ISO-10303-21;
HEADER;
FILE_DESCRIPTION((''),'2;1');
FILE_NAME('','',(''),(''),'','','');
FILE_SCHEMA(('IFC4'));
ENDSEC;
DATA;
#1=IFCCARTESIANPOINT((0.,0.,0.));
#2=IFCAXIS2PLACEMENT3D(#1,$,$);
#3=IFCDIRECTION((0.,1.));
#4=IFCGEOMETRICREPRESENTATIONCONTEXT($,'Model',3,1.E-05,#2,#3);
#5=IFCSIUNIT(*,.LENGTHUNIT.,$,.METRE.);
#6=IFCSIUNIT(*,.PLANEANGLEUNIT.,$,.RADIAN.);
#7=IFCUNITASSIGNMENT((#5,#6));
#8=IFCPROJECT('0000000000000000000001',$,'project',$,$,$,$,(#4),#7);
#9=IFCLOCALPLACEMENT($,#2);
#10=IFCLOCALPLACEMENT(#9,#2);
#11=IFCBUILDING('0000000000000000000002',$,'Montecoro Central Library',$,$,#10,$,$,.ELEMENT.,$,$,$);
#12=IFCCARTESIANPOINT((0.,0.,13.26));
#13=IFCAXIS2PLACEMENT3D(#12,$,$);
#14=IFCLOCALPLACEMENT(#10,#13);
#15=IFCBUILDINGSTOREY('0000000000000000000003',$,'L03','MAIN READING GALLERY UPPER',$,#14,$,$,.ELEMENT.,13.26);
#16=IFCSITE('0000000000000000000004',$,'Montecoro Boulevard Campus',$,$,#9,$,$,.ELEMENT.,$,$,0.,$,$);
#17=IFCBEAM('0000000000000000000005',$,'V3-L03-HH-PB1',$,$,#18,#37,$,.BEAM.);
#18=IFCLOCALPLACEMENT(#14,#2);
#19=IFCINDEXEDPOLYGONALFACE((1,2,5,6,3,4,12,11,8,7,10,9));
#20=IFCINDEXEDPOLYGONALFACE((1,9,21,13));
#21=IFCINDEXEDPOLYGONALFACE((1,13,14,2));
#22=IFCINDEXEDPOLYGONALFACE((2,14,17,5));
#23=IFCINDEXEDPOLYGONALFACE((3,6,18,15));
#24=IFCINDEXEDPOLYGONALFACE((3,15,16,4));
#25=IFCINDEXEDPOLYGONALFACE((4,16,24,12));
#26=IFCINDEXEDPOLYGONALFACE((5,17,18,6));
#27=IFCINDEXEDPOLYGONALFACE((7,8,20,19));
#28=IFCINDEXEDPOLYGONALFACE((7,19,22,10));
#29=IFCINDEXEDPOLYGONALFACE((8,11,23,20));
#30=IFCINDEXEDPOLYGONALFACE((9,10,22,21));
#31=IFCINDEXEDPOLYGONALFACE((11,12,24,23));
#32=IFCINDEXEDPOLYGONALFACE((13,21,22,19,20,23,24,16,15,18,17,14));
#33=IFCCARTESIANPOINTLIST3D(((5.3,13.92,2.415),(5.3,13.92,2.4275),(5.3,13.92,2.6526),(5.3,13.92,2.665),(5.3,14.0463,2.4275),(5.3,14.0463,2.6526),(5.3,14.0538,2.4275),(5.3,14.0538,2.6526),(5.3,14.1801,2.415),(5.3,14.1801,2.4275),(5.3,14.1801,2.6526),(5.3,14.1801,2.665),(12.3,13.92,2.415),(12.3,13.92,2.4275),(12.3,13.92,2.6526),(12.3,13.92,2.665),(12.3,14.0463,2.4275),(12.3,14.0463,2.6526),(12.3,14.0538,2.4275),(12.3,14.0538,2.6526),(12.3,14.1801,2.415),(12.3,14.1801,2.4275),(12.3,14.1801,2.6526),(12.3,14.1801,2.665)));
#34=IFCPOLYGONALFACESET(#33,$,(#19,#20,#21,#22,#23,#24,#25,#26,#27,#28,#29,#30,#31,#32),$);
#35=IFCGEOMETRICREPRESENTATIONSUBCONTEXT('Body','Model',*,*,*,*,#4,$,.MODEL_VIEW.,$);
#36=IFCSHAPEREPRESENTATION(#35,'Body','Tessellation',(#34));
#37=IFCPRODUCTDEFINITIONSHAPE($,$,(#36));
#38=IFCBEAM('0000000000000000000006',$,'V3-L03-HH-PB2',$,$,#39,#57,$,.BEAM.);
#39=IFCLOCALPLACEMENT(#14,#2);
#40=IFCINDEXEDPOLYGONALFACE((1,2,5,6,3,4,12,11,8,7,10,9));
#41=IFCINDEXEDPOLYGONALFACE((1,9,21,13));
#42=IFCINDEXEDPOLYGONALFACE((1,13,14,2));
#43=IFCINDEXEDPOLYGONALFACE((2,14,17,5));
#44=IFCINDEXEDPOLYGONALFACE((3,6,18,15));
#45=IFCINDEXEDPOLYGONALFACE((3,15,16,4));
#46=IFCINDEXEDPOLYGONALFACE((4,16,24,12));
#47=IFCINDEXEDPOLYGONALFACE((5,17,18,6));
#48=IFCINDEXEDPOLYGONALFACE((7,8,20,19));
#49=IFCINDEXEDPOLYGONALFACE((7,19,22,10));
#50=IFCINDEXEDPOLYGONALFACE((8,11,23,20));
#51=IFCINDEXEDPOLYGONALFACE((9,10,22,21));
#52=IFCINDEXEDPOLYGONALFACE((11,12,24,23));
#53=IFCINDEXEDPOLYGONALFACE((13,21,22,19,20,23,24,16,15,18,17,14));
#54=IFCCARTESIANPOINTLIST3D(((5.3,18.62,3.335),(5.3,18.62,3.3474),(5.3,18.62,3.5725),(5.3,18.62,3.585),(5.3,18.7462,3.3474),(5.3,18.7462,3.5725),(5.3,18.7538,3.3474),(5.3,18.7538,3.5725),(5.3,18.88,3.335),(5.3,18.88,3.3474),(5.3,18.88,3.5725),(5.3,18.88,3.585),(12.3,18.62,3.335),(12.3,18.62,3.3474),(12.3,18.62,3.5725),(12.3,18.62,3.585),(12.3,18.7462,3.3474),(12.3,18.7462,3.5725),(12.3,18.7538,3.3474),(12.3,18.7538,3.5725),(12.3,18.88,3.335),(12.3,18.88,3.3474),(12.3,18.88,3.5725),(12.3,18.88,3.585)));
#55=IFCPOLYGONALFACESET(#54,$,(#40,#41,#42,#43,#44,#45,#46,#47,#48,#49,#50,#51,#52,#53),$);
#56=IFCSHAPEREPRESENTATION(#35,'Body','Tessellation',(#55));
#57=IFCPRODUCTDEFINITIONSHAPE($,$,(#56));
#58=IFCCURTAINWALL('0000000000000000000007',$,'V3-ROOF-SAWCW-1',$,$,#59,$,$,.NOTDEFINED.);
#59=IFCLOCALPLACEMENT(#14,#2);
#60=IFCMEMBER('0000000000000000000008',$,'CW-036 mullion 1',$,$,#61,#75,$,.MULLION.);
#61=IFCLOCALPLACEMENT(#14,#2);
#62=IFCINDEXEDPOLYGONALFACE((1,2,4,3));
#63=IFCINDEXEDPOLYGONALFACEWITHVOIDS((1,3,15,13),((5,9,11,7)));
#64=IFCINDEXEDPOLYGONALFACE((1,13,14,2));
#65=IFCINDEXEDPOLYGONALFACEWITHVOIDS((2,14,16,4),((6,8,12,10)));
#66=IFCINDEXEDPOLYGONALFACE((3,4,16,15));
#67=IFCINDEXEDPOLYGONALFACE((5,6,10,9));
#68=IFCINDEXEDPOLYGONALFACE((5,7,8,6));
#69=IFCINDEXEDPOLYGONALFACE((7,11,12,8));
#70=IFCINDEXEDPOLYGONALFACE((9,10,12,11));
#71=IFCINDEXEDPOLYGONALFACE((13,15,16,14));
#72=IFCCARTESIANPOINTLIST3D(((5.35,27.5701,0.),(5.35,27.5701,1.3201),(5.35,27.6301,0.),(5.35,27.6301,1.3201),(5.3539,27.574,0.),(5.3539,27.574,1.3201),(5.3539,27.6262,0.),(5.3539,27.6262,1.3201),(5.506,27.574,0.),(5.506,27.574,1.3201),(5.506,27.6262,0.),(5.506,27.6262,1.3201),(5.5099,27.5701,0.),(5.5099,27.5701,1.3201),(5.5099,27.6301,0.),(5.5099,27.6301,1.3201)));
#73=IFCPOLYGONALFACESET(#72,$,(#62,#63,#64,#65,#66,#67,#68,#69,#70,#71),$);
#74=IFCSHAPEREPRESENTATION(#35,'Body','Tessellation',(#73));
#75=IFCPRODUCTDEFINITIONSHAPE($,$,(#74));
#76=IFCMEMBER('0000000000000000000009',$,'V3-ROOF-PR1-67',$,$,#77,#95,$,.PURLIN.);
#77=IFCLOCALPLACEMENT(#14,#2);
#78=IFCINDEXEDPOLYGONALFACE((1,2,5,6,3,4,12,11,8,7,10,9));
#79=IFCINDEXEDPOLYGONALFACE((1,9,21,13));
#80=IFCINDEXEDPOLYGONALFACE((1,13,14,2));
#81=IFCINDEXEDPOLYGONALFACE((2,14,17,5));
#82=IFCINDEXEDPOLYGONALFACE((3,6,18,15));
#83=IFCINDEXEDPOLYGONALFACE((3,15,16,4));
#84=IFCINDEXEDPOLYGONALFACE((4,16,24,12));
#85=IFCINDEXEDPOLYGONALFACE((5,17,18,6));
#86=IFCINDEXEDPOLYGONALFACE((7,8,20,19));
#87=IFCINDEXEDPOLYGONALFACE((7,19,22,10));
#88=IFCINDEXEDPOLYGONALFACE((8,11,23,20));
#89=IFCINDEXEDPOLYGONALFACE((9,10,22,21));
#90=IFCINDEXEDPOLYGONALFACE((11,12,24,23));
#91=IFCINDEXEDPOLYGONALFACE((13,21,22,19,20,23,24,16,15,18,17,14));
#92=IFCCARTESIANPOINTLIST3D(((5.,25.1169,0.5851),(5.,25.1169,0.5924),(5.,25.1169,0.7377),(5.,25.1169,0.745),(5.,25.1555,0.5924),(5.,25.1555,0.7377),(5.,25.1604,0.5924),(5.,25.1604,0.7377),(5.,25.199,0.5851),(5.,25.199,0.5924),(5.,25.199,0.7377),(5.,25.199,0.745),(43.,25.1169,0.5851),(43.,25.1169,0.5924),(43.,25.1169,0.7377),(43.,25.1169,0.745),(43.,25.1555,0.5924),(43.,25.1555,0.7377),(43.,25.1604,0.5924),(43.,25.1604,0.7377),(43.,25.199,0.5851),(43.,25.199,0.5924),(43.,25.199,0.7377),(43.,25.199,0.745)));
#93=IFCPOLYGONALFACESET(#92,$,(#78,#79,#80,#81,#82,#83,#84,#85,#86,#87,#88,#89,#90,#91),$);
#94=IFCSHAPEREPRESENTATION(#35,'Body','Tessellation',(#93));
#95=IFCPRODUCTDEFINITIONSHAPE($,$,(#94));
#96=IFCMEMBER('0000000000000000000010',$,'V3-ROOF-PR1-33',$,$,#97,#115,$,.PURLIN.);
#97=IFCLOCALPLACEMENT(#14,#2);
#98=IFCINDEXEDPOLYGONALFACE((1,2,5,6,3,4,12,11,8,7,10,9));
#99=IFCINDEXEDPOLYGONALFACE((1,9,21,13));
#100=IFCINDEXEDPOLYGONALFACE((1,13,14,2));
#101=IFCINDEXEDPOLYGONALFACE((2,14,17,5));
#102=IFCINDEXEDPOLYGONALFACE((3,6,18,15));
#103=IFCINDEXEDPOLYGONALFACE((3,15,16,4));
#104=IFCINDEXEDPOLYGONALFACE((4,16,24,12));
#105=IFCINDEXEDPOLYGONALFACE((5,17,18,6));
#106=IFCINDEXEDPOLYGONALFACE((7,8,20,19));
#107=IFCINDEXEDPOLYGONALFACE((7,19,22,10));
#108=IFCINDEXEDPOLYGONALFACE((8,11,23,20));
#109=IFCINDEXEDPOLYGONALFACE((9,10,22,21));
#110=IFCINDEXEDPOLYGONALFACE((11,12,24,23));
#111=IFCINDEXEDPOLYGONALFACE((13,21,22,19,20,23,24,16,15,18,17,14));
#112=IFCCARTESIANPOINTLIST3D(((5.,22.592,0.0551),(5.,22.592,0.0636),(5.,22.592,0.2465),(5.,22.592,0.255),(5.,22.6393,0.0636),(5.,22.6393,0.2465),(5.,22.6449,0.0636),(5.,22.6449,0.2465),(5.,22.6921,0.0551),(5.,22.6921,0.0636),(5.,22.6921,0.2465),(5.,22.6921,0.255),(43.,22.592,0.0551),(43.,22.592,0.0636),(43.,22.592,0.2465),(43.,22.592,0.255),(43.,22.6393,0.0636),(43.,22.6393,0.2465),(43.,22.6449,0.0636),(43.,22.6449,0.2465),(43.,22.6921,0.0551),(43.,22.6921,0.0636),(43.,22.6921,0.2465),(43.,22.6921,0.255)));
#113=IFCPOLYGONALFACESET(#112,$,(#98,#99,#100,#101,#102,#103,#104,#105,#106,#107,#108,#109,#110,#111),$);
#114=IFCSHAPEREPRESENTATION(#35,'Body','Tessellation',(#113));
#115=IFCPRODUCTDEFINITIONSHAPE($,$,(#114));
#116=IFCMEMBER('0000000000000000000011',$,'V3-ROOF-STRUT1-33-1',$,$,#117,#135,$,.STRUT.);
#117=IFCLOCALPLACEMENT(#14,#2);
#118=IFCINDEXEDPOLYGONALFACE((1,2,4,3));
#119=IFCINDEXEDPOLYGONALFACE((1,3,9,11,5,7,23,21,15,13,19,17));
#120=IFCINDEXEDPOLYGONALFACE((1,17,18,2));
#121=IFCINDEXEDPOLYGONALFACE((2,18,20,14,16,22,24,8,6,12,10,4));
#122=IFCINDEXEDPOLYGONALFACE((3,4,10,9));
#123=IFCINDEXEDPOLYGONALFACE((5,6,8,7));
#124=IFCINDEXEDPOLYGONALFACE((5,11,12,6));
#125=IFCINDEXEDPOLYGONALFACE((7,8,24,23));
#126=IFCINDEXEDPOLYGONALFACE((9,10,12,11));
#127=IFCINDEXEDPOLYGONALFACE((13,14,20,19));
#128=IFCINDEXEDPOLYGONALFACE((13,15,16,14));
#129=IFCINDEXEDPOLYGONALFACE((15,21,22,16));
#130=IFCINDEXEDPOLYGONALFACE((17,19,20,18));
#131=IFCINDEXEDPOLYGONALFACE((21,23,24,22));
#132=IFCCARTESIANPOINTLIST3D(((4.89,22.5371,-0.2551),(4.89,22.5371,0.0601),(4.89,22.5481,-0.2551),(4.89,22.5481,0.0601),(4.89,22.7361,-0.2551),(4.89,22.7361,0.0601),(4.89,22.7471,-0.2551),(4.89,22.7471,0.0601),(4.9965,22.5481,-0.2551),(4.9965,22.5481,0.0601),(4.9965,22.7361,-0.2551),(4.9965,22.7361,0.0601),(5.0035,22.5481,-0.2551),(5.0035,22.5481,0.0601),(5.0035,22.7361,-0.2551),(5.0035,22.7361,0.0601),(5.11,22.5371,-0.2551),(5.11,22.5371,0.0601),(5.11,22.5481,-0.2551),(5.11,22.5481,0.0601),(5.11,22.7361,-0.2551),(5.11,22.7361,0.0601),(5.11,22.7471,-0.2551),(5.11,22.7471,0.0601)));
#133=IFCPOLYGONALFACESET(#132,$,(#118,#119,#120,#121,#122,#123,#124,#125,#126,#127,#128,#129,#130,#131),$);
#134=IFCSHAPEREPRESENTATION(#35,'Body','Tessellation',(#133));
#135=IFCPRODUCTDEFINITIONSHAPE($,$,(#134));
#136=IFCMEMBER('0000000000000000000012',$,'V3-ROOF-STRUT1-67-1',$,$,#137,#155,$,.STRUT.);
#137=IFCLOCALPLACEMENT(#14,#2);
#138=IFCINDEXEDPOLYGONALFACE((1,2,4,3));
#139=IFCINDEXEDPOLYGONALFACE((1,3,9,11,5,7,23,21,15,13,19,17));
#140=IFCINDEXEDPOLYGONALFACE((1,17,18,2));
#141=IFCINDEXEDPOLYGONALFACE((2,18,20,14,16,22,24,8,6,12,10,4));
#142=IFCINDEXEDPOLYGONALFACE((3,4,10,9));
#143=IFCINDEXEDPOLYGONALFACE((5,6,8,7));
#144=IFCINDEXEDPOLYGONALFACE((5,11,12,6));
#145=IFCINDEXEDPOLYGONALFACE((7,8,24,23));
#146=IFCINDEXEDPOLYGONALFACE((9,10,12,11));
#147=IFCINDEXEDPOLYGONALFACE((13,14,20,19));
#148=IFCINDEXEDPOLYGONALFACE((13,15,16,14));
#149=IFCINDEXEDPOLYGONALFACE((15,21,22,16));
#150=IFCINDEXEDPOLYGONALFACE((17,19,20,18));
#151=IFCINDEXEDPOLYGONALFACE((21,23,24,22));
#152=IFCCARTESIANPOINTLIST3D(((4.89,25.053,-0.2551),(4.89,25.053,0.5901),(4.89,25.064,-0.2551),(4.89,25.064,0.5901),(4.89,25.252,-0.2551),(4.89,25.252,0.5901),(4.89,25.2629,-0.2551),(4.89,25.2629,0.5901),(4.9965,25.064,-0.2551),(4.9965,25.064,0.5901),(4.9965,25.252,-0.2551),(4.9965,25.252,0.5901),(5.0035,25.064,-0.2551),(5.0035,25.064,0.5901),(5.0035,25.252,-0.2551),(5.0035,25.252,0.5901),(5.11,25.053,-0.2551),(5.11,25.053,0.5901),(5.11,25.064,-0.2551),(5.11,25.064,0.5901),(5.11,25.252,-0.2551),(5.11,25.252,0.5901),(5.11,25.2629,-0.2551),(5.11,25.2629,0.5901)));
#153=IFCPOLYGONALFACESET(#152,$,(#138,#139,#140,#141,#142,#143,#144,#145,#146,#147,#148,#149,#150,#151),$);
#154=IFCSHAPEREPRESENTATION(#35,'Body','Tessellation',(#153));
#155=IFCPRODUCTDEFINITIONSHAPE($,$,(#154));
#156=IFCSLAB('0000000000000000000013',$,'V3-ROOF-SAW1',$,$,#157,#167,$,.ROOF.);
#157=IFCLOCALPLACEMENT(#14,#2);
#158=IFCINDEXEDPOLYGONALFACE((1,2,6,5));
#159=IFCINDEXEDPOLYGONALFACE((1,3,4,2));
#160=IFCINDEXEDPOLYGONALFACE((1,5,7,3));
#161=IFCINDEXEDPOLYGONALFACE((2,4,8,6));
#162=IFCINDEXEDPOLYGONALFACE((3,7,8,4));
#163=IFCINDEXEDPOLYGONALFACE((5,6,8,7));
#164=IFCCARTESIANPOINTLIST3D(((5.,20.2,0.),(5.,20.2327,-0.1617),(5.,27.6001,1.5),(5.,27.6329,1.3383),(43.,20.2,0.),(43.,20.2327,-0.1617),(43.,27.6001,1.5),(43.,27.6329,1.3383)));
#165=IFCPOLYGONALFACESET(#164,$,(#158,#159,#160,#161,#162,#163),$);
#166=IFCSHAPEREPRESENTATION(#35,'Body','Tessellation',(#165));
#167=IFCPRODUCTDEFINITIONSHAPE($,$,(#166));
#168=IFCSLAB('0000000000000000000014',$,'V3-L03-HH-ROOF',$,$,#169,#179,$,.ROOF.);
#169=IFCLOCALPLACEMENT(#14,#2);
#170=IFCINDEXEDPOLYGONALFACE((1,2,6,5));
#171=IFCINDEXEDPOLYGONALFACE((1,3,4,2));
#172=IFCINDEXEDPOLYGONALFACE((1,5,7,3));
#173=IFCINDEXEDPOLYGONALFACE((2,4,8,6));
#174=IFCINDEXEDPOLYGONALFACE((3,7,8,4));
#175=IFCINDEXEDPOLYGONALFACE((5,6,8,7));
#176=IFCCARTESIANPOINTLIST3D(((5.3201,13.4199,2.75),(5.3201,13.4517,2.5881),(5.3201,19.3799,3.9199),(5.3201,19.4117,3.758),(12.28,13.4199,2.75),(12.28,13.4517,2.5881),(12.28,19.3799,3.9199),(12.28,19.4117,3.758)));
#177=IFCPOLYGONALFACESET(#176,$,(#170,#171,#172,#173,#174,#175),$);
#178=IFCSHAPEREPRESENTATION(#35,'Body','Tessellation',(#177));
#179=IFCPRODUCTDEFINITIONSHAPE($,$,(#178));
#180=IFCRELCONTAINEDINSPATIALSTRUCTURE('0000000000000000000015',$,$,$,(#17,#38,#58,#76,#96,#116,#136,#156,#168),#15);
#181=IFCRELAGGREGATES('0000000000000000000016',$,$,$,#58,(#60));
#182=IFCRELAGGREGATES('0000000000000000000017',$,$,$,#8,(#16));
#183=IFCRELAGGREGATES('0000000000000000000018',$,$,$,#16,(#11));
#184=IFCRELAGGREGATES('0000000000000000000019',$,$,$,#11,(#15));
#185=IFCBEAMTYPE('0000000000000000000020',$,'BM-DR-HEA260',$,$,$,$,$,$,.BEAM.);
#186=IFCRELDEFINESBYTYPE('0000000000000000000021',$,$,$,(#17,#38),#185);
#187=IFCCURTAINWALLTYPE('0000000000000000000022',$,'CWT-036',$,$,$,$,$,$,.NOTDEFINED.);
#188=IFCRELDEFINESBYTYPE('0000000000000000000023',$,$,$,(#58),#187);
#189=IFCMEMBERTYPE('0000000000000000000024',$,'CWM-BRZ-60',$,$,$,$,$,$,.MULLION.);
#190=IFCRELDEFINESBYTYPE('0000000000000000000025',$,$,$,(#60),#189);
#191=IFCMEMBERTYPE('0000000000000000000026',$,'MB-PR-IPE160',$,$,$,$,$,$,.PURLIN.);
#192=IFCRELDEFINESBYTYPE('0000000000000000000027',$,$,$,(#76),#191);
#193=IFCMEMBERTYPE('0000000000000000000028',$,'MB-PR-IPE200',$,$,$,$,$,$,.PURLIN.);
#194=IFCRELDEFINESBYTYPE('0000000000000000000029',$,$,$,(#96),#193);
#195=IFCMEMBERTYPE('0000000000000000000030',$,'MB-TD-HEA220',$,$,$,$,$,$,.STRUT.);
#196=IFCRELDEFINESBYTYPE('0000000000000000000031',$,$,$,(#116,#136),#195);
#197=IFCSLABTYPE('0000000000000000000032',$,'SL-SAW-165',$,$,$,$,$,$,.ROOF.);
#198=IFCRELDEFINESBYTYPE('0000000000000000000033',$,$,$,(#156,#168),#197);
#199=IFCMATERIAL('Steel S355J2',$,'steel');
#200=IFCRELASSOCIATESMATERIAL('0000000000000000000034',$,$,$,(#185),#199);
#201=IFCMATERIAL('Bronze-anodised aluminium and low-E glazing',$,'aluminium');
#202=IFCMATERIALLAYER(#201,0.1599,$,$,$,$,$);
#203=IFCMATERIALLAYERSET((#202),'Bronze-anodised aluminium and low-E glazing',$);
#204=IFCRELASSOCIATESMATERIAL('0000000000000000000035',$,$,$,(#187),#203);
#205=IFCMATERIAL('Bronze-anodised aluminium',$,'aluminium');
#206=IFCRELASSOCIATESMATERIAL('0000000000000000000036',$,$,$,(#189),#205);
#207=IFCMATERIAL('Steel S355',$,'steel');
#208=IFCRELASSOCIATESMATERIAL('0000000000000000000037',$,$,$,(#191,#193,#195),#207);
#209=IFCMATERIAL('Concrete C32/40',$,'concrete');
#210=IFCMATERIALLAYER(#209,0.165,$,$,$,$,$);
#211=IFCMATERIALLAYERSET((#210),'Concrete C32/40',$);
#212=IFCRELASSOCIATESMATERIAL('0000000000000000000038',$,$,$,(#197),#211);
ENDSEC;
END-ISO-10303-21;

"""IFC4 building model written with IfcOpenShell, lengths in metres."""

from ifc_helpers import new_model, si_unit, direction, frame, origin, origin_2d, place, context, subcontext, project, spatial, polyline, hollow_rectangle, i_section, outline, extrude, material, layer, layer_set, material_profile, profile_set, type_object, element, aggregate, save


model = new_model("IFC4")

# Units and contexts
model_context = context("Model", 3, precision=1e-05, world=origin(), true_north=direction((0.0, 1.0)))
body_context = subcontext(model_context, "Body", "Model", "MODEL_VIEW")
ifc_project = project(units=[si_unit("LENGTHUNIT", "METRE"), si_unit("PLANEANGLEUNIT", "RADIAN")], contexts=[model_context])

# Site, building, storey
site_placement = place(None, origin())
site = spatial("IfcSite", under=ifc_project, at=site_placement, Name="Montecoro Boulevard Campus", CompositionType="ELEMENT", RefElevation=0.0)
building_placement = place(site_placement, origin())
building = spatial("IfcBuilding", under=site, at=building_placement, Name="Montecoro Central Library", CompositionType="ELEMENT")
storey_placement = place(building_placement, frame((0.0, 0.0, 13.26)))
storey = spatial("IfcBuildingStorey", under=building, at=storey_placement, Name="L03", Description="MAIN READING GALLERY UPPER", CompositionType="ELEMENT", Elevation=13.26)

# Beams
ifc_material_1 = material(Name="Steel S355J2", Category="steel")
ifc_material_profile_1 = material_profile(ifc_material_1, i_section(OverallWidth=0.26, OverallDepth=0.25, WebThickness=0.0076, FlangeThickness=0.0125, at=origin_2d()), Name="HEA 260")
ifc_profile_set_1 = profile_set([ifc_material_profile_1], Name="Steel S355J2")
beam_type = type_object("IfcBeamType", Name="BM-DR-HEA260", PredefinedType="BEAM", material=ifc_profile_set_1)
for number, where, z_axis, x_axis, name in (
    (1, (5.3, 14.05, 2.54), (1.0, 0.0, 0.0), (0.0, 1.0, 0.0), "V3-L03-HH-PB1"),
    (2, (5.3, 18.75, 3.46), (1.0, 0.0, 0.0), (0.0, 1.0, 0.0), "V3-L03-HH-PB2"),
):
    element("IfcBeam", number, at=place(storey_placement, frame(where, z_axis=z_axis, x_axis=x_axis)), inside=storey, type_object=beam_type, Name=name, PredefinedType="BEAM", context=body_context, shape_type="SweptSolid", body=[
        extrude(i_section(OverallWidth=0.26, OverallDepth=0.25, WebThickness=0.0076, FlangeThickness=0.0125, at=origin_2d()), origin(), (0.0, 0.0, 1.0), 7.0),
    ])

# Curtain wall, member
ifc_material_2 = material(Name="Bronze-anodised aluminium and low-E glazing", Category="aluminium")
ifc_layer_1 = layer(ifc_material_2, 0.1599)
ifc_layer_set_1 = layer_set([ifc_layer_1], Name="Bronze-anodised aluminium and low-E glazing")
curtain_wall_type = type_object("IfcCurtainWallType", Name="CWT-036", PredefinedType="NOTDEFINED", material=ifc_layer_set_1)
curtain_wall_placement = place(storey_placement, origin())
curtain_wall = element("IfcCurtainWall", 3, at=curtain_wall_placement, inside=storey, type_object=curtain_wall_type, Name="V3-ROOF-SAWCW-1", PredefinedType="NOTDEFINED")
ifc_material_3 = material(Name="Bronze-anodised aluminium", Category="aluminium")
ifc_material_profile_2 = material_profile(ifc_material_3, hollow_rectangle(XDim=0.0601, YDim=0.1599, WallThickness=0.0039, at=origin_2d()), Name="CWM 160x60x4.0")
ifc_profile_set_2 = profile_set([ifc_material_profile_2], Name="Bronze-anodised aluminium")
member_type_1 = type_object("IfcMemberType", Name="CWM-BRZ-60", PredefinedType="MULLION", material=ifc_profile_set_2)
member_1_placement = place(storey_placement, frame((5.4299, 27.6001, 0.0), z_axis=(0.0, 0.0, 1.0), x_axis=(0.0, 1.0, 0.0)))
member_1 = element("IfcMember", 4, at=member_1_placement, type_object=member_type_1, Name="CW-036 mullion 1", PredefinedType="MULLION", context=body_context, shape_type="SweptSolid", body=[
    extrude(hollow_rectangle(XDim=0.0601, YDim=0.1599, WallThickness=0.0039, at=origin_2d()), origin(), (0.0, 0.0, 1.0), 1.3201),
])
aggregate(curtain_wall, [member_1])

# Members
ifc_material_4 = material(Name="Steel S355", Category="steel")
ifc_material_profile_3 = material_profile(ifc_material_4, i_section(OverallWidth=0.082, OverallDepth=0.1599, WebThickness=0.0049, FlangeThickness=0.0073, at=origin_2d()), Name="IPE 160")
ifc_profile_set_3 = profile_set([ifc_material_profile_3], Name="Steel S355")
member_type_2 = type_object("IfcMemberType", Name="MB-PR-IPE160", PredefinedType="PURLIN", material=ifc_profile_set_3)
member_2_placement = place(storey_placement, frame((5.0, 25.158, 0.665), z_axis=(1.0, 0.0, 0.0), x_axis=(0.0, 1.0, 0.0)))
element("IfcMember", 5, at=member_2_placement, inside=storey, type_object=member_type_2, Name="V3-ROOF-PR1-67", PredefinedType="PURLIN", context=body_context, shape_type="SweptSolid", body=[
    extrude(i_section(OverallWidth=0.082, OverallDepth=0.1599, WebThickness=0.0049, FlangeThickness=0.0073, at=origin_2d()), origin(), (0.0, 0.0, 1.0), 38.0),
])
ifc_material_profile_4 = material_profile(ifc_material_4, i_section(OverallWidth=0.1001, OverallDepth=0.2, WebThickness=0.0056, FlangeThickness=0.0085, at=origin_2d()), Name="IPE 200")
ifc_profile_set_4 = profile_set([ifc_material_profile_4], Name="Steel S355")
member_type_3 = type_object("IfcMemberType", Name="MB-PR-IPE200", PredefinedType="PURLIN", material=ifc_profile_set_4)
member_3_placement = place(storey_placement, frame((5.0, 22.6421, 0.155), z_axis=(1.0, 0.0, 0.0), x_axis=(0.0, 1.0, 0.0)))
element("IfcMember", 6, at=member_3_placement, inside=storey, type_object=member_type_3, Name="V3-ROOF-PR1-33", PredefinedType="PURLIN", context=body_context, shape_type="SweptSolid", body=[
    extrude(i_section(OverallWidth=0.1001, OverallDepth=0.2, WebThickness=0.0056, FlangeThickness=0.0085, at=origin_2d()), origin(), (0.0, 0.0, 1.0), 38.0),
])
ifc_material_profile_5 = material_profile(ifc_material_4, i_section(OverallWidth=0.22, OverallDepth=0.21, WebThickness=0.0071, FlangeThickness=0.011, at=origin_2d()), Name="HEA 220")
ifc_profile_set_5 = profile_set([ifc_material_profile_5], Name="Steel S355")
member_type_4 = type_object("IfcMemberType", Name="MB-TD-HEA220", PredefinedType="STRUT", material=ifc_profile_set_5)
member_4_placement = place(storey_placement, frame((5.0, 22.6421, -0.2551), z_axis=(0.0, 0.0, 1.0), x_axis=(1.0, 0.0, 0.0)))
element("IfcMember", 7, at=member_4_placement, inside=storey, type_object=member_type_4, Name="V3-ROOF-STRUT1-33-1", PredefinedType="STRUT", context=body_context, shape_type="SweptSolid", body=[
    extrude(i_section(OverallWidth=0.22, OverallDepth=0.21, WebThickness=0.0071, FlangeThickness=0.011, at=origin_2d()), origin(), (0.0, 0.0, 1.0), 0.3152),
])
member_5_placement = place(storey_placement, frame((5.0, 25.158, -0.2551), z_axis=(0.0, 0.0, 1.0), x_axis=(1.0, 0.0, 0.0)))
element("IfcMember", 8, at=member_5_placement, inside=storey, type_object=member_type_4, Name="V3-ROOF-STRUT1-67-1", PredefinedType="STRUT", context=body_context, shape_type="SweptSolid", body=[
    extrude(i_section(OverallWidth=0.22, OverallDepth=0.21, WebThickness=0.0071, FlangeThickness=0.011, at=origin_2d()), origin(), (0.0, 0.0, 1.0), 0.8452),
])

# Slabs
ifc_material_5 = material(Name="Concrete C32/40", Category="concrete")
ifc_layer_2 = layer(ifc_material_5, 0.165)
ifc_layer_set_2 = layer_set([ifc_layer_2], Name="Concrete C32/40")
slab_type = type_object("IfcSlabType", Name="SL-SAW-165", PredefinedType="ROOF", material=ifc_layer_set_2)
slab_1_placement = place(storey_placement, frame((5.0, 20.2, 0.0), z_axis=(0.0, -0.198659, 0.980069), x_axis=(1.0, 0.0, 0.0)))
element("IfcSlab", 9, at=slab_1_placement, inside=storey, type_object=slab_type, Name="V3-ROOF-SAW1", PredefinedType="ROOF", context=body_context, shape_type="SweptSolid", body=[
    extrude(outline(polyline([(0.0, 0.0), (38.0, 0.0), (38.0, 7.5506), (0.0, 7.5506), (0.0, 0.0)])), origin(), (0.0, 0.0, -1.0), 0.165),
])
slab_2_placement = place(storey_placement, frame((5.3201, 13.4199, 2.75), z_axis=(0.0, -0.192621, 0.981273), x_axis=(1.0, 0.0, 0.0)))
element("IfcSlab", 10, at=slab_2_placement, inside=storey, type_object=slab_type, Name="V3-L03-HH-ROOF", PredefinedType="ROOF", context=body_context, shape_type="SweptSolid", body=[
    extrude(outline(polyline([(0.0, 0.0), (6.96, 0.0), (6.96, 6.0737), (0.0, 6.0737), (0.0, 0.0)])), origin(), (0.0, 0.0, -1.0), 0.165),
])

save(model, "model.ifc")
